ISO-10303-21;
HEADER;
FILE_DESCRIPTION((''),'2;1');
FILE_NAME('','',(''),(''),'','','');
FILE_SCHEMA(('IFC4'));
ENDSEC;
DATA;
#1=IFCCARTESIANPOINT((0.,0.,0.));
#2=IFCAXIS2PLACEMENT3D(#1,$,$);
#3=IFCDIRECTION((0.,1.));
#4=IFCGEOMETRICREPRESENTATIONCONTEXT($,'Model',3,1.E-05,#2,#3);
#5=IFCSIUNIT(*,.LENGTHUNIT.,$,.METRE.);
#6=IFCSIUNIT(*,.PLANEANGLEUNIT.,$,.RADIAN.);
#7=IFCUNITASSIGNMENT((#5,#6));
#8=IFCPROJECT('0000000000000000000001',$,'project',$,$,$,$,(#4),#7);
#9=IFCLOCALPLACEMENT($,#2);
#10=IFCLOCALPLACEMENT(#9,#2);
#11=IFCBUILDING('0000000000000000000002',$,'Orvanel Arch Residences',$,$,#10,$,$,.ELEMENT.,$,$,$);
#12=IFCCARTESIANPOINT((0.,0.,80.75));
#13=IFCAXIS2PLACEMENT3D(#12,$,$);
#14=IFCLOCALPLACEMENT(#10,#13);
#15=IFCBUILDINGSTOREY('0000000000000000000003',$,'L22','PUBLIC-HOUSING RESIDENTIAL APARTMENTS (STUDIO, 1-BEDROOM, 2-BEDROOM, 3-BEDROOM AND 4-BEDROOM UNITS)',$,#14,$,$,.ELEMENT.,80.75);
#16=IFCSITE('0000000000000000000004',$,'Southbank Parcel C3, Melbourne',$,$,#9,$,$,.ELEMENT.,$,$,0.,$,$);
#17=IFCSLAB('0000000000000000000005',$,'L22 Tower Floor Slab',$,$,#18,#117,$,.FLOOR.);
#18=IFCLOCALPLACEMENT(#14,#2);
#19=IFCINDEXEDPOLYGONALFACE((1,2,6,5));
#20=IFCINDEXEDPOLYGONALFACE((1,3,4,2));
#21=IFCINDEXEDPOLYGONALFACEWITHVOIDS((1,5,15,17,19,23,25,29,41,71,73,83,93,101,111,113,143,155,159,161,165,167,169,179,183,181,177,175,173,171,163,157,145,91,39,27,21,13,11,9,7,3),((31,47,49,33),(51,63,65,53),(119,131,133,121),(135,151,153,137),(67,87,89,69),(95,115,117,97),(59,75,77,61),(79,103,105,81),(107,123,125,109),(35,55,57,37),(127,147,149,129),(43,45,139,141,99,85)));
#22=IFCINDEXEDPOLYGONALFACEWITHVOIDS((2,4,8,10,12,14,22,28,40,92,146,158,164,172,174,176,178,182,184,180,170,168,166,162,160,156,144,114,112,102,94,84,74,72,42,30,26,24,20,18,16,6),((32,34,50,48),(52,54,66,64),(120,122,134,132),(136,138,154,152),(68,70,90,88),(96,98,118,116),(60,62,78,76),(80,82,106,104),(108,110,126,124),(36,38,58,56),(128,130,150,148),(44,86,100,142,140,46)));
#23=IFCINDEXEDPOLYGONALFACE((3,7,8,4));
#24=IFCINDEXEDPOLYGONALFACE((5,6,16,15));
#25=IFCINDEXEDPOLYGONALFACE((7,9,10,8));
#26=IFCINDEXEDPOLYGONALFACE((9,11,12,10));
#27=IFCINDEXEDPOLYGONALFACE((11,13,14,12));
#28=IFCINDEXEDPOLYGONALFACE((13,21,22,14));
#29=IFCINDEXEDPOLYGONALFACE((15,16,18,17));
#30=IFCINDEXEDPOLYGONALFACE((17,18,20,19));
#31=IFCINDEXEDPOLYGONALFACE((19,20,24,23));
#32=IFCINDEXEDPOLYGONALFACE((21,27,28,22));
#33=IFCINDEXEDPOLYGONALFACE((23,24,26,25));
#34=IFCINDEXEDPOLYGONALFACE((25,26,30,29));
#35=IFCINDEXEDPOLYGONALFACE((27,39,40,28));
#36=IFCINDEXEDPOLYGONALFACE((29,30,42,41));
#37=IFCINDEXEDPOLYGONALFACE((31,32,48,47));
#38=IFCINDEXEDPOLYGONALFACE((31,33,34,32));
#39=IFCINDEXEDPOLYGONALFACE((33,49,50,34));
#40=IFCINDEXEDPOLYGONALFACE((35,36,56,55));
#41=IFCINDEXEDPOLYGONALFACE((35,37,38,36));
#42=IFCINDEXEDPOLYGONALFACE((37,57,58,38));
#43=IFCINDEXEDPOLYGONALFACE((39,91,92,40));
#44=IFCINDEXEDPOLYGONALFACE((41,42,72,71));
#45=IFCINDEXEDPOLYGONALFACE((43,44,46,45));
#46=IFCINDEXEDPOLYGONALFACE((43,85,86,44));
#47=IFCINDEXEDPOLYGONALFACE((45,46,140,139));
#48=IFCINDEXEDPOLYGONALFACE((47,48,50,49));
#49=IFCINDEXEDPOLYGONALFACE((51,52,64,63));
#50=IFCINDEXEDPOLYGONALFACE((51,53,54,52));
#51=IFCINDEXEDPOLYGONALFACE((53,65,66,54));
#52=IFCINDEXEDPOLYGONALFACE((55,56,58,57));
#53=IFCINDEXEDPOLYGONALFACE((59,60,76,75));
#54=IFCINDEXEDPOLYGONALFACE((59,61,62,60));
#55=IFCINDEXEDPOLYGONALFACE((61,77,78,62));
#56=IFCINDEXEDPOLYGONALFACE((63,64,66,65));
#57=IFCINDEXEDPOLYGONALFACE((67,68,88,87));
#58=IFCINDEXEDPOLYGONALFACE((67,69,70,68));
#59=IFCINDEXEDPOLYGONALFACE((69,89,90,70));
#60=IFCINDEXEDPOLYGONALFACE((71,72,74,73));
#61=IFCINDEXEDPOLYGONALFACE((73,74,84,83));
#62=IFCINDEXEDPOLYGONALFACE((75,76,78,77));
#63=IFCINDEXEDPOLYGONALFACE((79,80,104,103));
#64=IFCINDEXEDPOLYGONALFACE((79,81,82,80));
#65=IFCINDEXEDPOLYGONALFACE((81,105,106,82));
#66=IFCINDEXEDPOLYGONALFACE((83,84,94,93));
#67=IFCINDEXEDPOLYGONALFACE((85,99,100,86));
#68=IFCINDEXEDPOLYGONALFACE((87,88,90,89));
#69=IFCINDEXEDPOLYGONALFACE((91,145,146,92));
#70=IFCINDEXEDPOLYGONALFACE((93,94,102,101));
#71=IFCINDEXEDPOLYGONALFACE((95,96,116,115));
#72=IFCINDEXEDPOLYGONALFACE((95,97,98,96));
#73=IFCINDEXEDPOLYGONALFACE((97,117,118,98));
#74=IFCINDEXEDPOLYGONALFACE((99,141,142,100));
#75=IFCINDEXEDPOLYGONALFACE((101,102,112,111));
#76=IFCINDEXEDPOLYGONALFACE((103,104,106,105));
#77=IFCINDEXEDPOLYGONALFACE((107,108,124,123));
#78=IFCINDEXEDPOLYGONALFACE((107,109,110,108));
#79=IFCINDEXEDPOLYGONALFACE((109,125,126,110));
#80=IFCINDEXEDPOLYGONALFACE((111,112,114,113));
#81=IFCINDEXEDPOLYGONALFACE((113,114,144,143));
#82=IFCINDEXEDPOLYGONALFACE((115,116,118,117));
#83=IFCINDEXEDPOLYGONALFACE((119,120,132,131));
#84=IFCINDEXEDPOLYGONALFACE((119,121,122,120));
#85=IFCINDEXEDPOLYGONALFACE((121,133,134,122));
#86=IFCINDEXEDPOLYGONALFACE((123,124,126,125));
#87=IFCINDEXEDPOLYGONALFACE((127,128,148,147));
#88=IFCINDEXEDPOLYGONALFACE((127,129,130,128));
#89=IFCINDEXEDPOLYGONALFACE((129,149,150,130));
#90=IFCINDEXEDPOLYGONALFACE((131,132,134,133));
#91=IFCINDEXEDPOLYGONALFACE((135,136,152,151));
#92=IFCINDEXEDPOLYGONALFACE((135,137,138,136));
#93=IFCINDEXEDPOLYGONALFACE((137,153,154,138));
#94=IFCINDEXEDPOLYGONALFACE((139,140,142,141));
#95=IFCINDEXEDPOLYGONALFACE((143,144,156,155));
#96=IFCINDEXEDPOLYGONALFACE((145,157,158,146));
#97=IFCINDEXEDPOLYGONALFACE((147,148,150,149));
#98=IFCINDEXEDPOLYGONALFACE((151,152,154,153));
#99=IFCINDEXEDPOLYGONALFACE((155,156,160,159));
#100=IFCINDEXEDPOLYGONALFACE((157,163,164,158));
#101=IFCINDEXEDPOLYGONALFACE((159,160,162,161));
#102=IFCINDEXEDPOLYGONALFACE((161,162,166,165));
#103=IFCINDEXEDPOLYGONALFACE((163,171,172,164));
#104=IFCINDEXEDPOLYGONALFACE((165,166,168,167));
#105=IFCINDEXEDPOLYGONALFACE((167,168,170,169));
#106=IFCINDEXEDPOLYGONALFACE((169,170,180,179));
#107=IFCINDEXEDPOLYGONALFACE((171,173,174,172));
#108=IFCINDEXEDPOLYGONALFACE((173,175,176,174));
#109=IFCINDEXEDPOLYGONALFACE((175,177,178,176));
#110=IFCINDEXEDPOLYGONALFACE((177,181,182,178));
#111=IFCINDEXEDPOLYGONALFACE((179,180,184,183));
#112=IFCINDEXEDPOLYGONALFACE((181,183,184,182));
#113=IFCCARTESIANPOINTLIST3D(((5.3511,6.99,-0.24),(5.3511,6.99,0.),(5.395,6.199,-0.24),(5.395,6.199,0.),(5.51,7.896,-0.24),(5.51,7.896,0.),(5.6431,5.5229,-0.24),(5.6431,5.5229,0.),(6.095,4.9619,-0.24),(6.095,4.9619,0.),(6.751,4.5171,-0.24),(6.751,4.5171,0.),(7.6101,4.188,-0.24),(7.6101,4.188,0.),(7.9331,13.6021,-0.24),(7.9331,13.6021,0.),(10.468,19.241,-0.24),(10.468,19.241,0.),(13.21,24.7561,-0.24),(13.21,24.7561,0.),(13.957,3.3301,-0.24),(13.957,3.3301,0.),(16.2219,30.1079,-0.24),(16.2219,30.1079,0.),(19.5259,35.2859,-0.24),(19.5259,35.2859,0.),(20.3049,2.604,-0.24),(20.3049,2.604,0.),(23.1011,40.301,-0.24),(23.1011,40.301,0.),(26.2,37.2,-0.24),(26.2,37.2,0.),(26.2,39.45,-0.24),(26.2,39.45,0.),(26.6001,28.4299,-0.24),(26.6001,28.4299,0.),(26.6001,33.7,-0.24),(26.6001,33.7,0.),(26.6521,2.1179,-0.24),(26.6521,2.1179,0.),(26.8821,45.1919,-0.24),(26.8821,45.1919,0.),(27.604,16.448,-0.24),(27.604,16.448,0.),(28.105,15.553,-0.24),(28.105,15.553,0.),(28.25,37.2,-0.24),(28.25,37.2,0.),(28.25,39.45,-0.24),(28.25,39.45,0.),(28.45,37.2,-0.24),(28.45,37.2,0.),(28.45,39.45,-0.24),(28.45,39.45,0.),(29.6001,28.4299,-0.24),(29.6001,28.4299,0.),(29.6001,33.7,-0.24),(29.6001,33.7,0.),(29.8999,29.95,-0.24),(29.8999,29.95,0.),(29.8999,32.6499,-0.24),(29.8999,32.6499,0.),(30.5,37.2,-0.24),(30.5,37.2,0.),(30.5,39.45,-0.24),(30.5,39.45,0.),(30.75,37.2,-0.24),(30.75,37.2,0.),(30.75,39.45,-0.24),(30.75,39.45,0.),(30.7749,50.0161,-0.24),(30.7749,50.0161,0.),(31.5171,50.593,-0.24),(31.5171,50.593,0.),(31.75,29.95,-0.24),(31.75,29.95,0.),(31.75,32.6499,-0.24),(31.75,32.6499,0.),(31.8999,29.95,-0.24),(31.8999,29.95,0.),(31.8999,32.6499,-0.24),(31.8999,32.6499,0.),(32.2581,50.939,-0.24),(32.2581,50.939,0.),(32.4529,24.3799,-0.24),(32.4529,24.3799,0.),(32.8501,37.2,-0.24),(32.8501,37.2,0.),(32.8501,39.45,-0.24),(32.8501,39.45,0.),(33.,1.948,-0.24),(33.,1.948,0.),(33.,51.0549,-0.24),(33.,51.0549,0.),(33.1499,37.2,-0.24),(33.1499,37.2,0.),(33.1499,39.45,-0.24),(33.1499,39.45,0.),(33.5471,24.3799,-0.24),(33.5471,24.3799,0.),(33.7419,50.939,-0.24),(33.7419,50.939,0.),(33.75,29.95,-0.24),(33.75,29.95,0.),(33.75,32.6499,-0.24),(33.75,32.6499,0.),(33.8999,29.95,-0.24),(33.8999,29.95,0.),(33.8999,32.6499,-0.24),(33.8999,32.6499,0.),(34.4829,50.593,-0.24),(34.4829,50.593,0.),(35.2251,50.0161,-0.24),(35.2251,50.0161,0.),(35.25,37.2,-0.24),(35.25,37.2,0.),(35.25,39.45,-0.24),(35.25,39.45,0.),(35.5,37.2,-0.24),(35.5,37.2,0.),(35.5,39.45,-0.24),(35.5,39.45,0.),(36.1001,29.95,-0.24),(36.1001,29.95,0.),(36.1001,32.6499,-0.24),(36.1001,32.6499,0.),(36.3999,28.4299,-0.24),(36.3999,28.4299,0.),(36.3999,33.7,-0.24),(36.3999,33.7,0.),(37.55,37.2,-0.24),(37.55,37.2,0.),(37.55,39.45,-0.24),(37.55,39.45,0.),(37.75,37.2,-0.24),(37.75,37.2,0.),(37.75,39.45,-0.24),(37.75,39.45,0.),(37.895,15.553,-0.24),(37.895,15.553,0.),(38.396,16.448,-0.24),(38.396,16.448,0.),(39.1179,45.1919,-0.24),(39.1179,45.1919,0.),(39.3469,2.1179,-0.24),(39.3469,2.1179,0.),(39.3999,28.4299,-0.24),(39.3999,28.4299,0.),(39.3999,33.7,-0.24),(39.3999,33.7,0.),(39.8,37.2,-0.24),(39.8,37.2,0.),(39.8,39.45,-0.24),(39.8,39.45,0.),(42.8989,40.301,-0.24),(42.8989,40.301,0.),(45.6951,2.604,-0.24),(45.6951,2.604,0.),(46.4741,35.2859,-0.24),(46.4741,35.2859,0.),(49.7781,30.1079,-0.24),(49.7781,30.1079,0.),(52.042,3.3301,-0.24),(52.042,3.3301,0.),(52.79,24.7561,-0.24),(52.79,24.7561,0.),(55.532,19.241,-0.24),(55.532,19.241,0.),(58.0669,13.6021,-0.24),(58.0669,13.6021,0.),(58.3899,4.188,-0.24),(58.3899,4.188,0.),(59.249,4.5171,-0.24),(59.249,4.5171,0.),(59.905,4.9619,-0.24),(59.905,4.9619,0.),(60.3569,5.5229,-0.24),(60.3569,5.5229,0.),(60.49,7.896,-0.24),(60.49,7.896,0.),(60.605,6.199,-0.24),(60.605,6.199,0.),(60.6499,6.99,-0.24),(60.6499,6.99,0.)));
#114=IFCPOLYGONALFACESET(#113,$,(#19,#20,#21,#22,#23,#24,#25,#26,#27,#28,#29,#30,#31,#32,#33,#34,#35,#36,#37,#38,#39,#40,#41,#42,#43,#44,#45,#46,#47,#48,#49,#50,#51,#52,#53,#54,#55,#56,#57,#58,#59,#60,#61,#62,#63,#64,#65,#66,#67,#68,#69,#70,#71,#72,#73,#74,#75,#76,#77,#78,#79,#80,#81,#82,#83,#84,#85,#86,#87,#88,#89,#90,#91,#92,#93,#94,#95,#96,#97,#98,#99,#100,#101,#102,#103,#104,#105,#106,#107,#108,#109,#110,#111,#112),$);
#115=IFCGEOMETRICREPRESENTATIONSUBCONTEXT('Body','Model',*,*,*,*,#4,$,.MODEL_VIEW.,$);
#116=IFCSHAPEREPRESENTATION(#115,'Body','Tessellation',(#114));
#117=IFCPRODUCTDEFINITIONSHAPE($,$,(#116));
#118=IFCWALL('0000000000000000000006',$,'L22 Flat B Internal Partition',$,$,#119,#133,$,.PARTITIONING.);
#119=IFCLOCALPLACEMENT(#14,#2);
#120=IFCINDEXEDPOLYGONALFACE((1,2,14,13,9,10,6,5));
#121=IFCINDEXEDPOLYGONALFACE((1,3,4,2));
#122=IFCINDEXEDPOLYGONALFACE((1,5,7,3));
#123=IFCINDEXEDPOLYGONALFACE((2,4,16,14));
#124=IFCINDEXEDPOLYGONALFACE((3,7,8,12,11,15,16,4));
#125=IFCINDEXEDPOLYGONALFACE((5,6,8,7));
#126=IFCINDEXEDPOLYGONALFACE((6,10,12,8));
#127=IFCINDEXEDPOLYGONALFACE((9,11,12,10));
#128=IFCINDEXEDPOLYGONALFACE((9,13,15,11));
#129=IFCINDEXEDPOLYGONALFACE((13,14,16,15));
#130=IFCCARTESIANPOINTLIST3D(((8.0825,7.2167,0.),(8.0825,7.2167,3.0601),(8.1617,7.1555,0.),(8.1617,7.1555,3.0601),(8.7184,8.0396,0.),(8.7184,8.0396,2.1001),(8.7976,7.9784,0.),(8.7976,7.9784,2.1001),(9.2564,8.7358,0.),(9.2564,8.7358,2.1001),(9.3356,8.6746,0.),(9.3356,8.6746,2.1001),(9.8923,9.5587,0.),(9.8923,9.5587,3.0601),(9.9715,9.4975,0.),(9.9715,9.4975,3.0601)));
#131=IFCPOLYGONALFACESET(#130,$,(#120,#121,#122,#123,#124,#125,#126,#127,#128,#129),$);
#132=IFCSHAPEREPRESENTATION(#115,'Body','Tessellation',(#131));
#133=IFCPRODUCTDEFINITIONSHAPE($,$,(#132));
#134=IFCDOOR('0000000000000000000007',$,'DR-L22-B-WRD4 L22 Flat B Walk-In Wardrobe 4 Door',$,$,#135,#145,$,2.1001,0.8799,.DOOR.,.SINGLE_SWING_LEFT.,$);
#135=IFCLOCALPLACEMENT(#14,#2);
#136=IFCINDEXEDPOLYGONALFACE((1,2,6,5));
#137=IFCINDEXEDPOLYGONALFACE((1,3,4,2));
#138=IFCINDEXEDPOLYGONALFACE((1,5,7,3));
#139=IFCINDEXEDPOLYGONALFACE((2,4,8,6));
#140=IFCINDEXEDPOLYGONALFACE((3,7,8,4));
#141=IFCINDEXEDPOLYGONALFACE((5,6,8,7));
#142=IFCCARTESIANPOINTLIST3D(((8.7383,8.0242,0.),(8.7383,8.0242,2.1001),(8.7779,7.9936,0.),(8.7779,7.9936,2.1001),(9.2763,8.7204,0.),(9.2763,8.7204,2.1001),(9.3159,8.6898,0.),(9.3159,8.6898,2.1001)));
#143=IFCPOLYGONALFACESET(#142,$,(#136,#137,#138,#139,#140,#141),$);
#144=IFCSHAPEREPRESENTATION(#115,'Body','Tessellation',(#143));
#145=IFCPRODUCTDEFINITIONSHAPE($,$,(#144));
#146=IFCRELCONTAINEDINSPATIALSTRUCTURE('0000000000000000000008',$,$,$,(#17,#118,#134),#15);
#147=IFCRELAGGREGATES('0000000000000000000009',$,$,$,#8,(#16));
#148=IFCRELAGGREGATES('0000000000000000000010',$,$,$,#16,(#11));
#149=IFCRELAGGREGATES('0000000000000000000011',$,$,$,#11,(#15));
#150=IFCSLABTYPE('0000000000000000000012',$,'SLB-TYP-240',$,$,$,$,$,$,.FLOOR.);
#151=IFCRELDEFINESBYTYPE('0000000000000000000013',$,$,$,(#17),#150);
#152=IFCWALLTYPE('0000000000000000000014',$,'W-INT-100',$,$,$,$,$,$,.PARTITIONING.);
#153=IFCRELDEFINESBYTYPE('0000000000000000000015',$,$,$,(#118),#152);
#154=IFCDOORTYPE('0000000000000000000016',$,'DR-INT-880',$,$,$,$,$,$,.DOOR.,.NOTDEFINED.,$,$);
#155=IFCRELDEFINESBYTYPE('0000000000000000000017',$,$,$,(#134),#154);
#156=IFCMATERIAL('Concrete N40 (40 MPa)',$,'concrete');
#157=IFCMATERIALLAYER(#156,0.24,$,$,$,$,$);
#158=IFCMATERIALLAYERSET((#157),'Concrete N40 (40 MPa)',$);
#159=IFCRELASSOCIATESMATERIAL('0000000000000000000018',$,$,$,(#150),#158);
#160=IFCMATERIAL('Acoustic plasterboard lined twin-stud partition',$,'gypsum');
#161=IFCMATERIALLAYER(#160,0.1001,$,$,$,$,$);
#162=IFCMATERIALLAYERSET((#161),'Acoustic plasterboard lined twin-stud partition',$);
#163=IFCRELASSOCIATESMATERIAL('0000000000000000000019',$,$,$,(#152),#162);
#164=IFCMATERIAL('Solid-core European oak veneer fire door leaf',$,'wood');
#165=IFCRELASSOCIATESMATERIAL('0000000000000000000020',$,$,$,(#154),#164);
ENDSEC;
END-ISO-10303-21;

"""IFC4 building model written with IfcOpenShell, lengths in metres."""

from ifc_helpers import new_model, si_unit, direction, frame, frame_2d, origin, place, context, subcontext, project, spatial, polyline, rectangle, outline, extrude, material, layer, layer_set, type_object, element, fill, save


model = new_model("IFC4")

# Units and contexts
model_context = context("Model", 3, precision=1e-05, world=origin(), true_north=direction((0.0, 1.0)))
body_context = subcontext(model_context, "Body", "Model", "MODEL_VIEW")
ifc_project = project(units=[si_unit("LENGTHUNIT", "METRE"), si_unit("PLANEANGLEUNIT", "RADIAN")], contexts=[model_context])

# Site, building, storey
site_placement = place(None, origin())
site = spatial("IfcSite", under=ifc_project, at=site_placement, Name="Southbank Parcel C3, Melbourne", CompositionType="ELEMENT", RefElevation=0.0)
building_placement = place(site_placement, origin())
building = spatial("IfcBuilding", under=site, at=building_placement, Name="Orvanel Arch Residences", CompositionType="ELEMENT")
storey_placement = place(building_placement, frame((0.0, 0.0, 80.75)))
storey = spatial("IfcBuildingStorey", under=building, at=storey_placement, Name="L22", Description="PUBLIC-HOUSING RESIDENTIAL APARTMENTS (STUDIO, 1-BEDROOM, 2-BEDROOM, 3-BEDROOM AND 4-BEDROOM UNITS)", CompositionType="ELEMENT", Elevation=80.75)

# Shared definitions
ifc_material_1 = material(Name="Concrete N40 (40 MPa)", Category="concrete")

# Slab
ifc_layer_1 = layer(ifc_material_1, 0.24)
ifc_layer_set_1 = layer_set([ifc_layer_1], Name="Concrete N40 (40 MPa)")
slab_type_1 = type_object("IfcSlabType", Name="SLB-TYP-240", PredefinedType="FLOOR", material=ifc_layer_set_1)
slab_1_placement = place(storey_placement, frame((0.0, 0.0, -0.24)))
element("IfcSlab", 1, at=slab_1_placement, inside=storey, type_object=slab_type_1, Name="L22 Tower Floor Slab", PredefinedType="FLOOR", context=body_context, shape_type="SweptSolid", body=[
    extrude(outline(polyline([(35.2251, 50.0161), (34.4829, 50.593), (33.7419, 50.939), (33.0, 51.0549), (32.2581, 50.939), (31.5171, 50.593), (30.7749, 50.0161), (26.8821, 45.1919), (23.1011, 40.301), (19.5259, 35.2859), (16.2219, 30.1079), (13.21, 24.7561), (10.468, 19.241), (7.9331, 13.6021), (5.51, 7.896), (5.3511, 6.99), (5.395, 6.199), (5.6431, 5.5229), (6.095, 4.9619), (6.751, 4.5171), (7.6101, 4.188), (13.957, 3.3301), (20.3049, 2.604), (26.6521, 2.1179), (33.0, 1.948), (39.3469, 2.1179), (45.6951, 2.604), (52.042, 3.3301), (58.3899, 4.188), (59.249, 4.5171), (59.905, 4.9619), (60.3569, 5.5229), (60.605, 6.199), (60.6499, 6.99), (60.49, 7.896), (58.0669, 13.6021), (55.532, 19.241), (52.79, 24.7561), (49.7781, 30.1079), (46.4741, 35.2859), (42.8989, 40.301), (39.1179, 45.1919), (35.2251, 50.0161)]), holes=[polyline([(26.6001, 28.4299), (26.6001, 33.7), (29.6001, 33.7), (29.6001, 28.4299), (26.6001, 28.4299)]), polyline([(36.3999, 28.4299), (36.3999, 33.7), (39.3999, 33.7), (39.3999, 28.4299), (36.3999, 28.4299)]), polyline([(29.8999, 32.6499), (31.75, 32.6499), (31.75, 29.95), (29.8999, 29.95), (29.8999, 32.6499)]), polyline([(31.8999, 32.6499), (33.75, 32.6499), (33.75, 29.95), (31.8999, 29.95), (31.8999, 32.6499)]), polyline([(33.8999, 32.6499), (36.1001, 32.6499), (36.1001, 29.95), (33.8999, 29.95), (33.8999, 32.6499)]), polyline([(26.2, 39.45), (28.25, 39.45), (28.25, 37.2), (26.2, 37.2), (26.2, 39.45)]), polyline([(37.75, 39.45), (39.8, 39.45), (39.8, 37.2), (37.75, 37.2), (37.75, 39.45)]), polyline([(28.45, 39.45), (30.5, 39.45), (30.5, 37.2), (28.45, 37.2), (28.45, 39.45)]), polyline([(35.5, 39.45), (37.55, 39.45), (37.55, 37.2), (35.5, 37.2), (35.5, 39.45)]), polyline([(30.75, 39.45), (32.8501, 39.45), (32.8501, 37.2), (30.75, 37.2), (30.75, 39.45)]), polyline([(33.1499, 39.45), (35.25, 39.45), (35.25, 37.2), (33.1499, 37.2), (33.1499, 39.45)]), polyline([(38.396, 16.448), (37.895, 15.553), (28.105, 15.553), (27.604, 16.448), (32.4529, 24.3799), (33.5471, 24.3799), (38.396, 16.448)])]), origin(), (0.0, 0.0, 1.0), 0.24),
])

# Wall, opening, door
ifc_material_2 = material(Name="Acoustic plasterboard lined twin-stud partition", Category="gypsum")
ifc_layer_2 = layer(ifc_material_2, 0.1001)
ifc_layer_set_2 = layer_set([ifc_layer_2], Name="Acoustic plasterboard lined twin-stud partition")
wall_type_1 = type_object("IfcWallType", Name="W-INT-100", PredefinedType="PARTITIONING", material=ifc_layer_set_2)
wall_1_placement = place(storey_placement, frame((8.1221, 7.186, 0.0), z_axis=(0.0, 0.0, 1.0), x_axis=(0.611459, 0.791276, 0.0)))
wall_1 = element("IfcWall", 2, at=wall_1_placement, inside=storey, type_object=wall_type_1, Name="L22 Flat B Internal Partition", PredefinedType="PARTITIONING", context=body_context, shape_type="SweptSolid", body=[
    extrude(rectangle(XDim=2.9597, YDim=0.1001, at=frame_2d((1.48, 0.0))), origin(), (0.0, 0.0, 1.0), 3.0601),
])
opening_1_placement = place(wall_1_placement, frame((1.04, 0.0, 0.0)))
opening_1 = element("IfcOpeningElement", 3, at=opening_1_placement, cuts=wall_1, PredefinedType="OPENING", context=body_context, shape_type="SweptSolid", body=[
    extrude(rectangle(XDim=0.8799, YDim=2.1001, at=frame_2d((0.4399, 1.05))), frame((0.0, 0.0601, 0.0), z_axis=(0.0, -1.0, 0.0), x_axis=(1.0, 0.0, 0.0)), (0.0, 0.0, 1.0), 0.1201),
])
ifc_material_3 = material(Name="Solid-core European oak veneer fire door leaf", Category="wood")
door_type = type_object("IfcDoorType", Name="DR-INT-880", OperationType="NOTDEFINED", PredefinedType="DOOR", material=ifc_material_3)
door_1_placement = place(opening_1_placement, origin())
door_1 = element("IfcDoor", 4, at=door_1_placement, inside=storey, type_object=door_type, Name="DR-L22-B-WRD4 L22 Flat B Walk-In Wardrobe 4 Door", OperationType="SINGLE_SWING_LEFT", OverallHeight=2.1001, OverallWidth=0.8799, PredefinedType="DOOR", context=body_context, shape_type="SweptSolid", body=[
    extrude(rectangle(XDim=0.8799, YDim=2.1001, at=frame_2d((0.4399, 1.05))), frame((0.0, 0.0249, 0.0), z_axis=(0.0, -1.0, 0.0), x_axis=(1.0, 0.0, 0.0)), (0.0, 0.0, 1.0), 0.05),
])
fill(opening_1, door_1)

save(model, "model.ifc")
